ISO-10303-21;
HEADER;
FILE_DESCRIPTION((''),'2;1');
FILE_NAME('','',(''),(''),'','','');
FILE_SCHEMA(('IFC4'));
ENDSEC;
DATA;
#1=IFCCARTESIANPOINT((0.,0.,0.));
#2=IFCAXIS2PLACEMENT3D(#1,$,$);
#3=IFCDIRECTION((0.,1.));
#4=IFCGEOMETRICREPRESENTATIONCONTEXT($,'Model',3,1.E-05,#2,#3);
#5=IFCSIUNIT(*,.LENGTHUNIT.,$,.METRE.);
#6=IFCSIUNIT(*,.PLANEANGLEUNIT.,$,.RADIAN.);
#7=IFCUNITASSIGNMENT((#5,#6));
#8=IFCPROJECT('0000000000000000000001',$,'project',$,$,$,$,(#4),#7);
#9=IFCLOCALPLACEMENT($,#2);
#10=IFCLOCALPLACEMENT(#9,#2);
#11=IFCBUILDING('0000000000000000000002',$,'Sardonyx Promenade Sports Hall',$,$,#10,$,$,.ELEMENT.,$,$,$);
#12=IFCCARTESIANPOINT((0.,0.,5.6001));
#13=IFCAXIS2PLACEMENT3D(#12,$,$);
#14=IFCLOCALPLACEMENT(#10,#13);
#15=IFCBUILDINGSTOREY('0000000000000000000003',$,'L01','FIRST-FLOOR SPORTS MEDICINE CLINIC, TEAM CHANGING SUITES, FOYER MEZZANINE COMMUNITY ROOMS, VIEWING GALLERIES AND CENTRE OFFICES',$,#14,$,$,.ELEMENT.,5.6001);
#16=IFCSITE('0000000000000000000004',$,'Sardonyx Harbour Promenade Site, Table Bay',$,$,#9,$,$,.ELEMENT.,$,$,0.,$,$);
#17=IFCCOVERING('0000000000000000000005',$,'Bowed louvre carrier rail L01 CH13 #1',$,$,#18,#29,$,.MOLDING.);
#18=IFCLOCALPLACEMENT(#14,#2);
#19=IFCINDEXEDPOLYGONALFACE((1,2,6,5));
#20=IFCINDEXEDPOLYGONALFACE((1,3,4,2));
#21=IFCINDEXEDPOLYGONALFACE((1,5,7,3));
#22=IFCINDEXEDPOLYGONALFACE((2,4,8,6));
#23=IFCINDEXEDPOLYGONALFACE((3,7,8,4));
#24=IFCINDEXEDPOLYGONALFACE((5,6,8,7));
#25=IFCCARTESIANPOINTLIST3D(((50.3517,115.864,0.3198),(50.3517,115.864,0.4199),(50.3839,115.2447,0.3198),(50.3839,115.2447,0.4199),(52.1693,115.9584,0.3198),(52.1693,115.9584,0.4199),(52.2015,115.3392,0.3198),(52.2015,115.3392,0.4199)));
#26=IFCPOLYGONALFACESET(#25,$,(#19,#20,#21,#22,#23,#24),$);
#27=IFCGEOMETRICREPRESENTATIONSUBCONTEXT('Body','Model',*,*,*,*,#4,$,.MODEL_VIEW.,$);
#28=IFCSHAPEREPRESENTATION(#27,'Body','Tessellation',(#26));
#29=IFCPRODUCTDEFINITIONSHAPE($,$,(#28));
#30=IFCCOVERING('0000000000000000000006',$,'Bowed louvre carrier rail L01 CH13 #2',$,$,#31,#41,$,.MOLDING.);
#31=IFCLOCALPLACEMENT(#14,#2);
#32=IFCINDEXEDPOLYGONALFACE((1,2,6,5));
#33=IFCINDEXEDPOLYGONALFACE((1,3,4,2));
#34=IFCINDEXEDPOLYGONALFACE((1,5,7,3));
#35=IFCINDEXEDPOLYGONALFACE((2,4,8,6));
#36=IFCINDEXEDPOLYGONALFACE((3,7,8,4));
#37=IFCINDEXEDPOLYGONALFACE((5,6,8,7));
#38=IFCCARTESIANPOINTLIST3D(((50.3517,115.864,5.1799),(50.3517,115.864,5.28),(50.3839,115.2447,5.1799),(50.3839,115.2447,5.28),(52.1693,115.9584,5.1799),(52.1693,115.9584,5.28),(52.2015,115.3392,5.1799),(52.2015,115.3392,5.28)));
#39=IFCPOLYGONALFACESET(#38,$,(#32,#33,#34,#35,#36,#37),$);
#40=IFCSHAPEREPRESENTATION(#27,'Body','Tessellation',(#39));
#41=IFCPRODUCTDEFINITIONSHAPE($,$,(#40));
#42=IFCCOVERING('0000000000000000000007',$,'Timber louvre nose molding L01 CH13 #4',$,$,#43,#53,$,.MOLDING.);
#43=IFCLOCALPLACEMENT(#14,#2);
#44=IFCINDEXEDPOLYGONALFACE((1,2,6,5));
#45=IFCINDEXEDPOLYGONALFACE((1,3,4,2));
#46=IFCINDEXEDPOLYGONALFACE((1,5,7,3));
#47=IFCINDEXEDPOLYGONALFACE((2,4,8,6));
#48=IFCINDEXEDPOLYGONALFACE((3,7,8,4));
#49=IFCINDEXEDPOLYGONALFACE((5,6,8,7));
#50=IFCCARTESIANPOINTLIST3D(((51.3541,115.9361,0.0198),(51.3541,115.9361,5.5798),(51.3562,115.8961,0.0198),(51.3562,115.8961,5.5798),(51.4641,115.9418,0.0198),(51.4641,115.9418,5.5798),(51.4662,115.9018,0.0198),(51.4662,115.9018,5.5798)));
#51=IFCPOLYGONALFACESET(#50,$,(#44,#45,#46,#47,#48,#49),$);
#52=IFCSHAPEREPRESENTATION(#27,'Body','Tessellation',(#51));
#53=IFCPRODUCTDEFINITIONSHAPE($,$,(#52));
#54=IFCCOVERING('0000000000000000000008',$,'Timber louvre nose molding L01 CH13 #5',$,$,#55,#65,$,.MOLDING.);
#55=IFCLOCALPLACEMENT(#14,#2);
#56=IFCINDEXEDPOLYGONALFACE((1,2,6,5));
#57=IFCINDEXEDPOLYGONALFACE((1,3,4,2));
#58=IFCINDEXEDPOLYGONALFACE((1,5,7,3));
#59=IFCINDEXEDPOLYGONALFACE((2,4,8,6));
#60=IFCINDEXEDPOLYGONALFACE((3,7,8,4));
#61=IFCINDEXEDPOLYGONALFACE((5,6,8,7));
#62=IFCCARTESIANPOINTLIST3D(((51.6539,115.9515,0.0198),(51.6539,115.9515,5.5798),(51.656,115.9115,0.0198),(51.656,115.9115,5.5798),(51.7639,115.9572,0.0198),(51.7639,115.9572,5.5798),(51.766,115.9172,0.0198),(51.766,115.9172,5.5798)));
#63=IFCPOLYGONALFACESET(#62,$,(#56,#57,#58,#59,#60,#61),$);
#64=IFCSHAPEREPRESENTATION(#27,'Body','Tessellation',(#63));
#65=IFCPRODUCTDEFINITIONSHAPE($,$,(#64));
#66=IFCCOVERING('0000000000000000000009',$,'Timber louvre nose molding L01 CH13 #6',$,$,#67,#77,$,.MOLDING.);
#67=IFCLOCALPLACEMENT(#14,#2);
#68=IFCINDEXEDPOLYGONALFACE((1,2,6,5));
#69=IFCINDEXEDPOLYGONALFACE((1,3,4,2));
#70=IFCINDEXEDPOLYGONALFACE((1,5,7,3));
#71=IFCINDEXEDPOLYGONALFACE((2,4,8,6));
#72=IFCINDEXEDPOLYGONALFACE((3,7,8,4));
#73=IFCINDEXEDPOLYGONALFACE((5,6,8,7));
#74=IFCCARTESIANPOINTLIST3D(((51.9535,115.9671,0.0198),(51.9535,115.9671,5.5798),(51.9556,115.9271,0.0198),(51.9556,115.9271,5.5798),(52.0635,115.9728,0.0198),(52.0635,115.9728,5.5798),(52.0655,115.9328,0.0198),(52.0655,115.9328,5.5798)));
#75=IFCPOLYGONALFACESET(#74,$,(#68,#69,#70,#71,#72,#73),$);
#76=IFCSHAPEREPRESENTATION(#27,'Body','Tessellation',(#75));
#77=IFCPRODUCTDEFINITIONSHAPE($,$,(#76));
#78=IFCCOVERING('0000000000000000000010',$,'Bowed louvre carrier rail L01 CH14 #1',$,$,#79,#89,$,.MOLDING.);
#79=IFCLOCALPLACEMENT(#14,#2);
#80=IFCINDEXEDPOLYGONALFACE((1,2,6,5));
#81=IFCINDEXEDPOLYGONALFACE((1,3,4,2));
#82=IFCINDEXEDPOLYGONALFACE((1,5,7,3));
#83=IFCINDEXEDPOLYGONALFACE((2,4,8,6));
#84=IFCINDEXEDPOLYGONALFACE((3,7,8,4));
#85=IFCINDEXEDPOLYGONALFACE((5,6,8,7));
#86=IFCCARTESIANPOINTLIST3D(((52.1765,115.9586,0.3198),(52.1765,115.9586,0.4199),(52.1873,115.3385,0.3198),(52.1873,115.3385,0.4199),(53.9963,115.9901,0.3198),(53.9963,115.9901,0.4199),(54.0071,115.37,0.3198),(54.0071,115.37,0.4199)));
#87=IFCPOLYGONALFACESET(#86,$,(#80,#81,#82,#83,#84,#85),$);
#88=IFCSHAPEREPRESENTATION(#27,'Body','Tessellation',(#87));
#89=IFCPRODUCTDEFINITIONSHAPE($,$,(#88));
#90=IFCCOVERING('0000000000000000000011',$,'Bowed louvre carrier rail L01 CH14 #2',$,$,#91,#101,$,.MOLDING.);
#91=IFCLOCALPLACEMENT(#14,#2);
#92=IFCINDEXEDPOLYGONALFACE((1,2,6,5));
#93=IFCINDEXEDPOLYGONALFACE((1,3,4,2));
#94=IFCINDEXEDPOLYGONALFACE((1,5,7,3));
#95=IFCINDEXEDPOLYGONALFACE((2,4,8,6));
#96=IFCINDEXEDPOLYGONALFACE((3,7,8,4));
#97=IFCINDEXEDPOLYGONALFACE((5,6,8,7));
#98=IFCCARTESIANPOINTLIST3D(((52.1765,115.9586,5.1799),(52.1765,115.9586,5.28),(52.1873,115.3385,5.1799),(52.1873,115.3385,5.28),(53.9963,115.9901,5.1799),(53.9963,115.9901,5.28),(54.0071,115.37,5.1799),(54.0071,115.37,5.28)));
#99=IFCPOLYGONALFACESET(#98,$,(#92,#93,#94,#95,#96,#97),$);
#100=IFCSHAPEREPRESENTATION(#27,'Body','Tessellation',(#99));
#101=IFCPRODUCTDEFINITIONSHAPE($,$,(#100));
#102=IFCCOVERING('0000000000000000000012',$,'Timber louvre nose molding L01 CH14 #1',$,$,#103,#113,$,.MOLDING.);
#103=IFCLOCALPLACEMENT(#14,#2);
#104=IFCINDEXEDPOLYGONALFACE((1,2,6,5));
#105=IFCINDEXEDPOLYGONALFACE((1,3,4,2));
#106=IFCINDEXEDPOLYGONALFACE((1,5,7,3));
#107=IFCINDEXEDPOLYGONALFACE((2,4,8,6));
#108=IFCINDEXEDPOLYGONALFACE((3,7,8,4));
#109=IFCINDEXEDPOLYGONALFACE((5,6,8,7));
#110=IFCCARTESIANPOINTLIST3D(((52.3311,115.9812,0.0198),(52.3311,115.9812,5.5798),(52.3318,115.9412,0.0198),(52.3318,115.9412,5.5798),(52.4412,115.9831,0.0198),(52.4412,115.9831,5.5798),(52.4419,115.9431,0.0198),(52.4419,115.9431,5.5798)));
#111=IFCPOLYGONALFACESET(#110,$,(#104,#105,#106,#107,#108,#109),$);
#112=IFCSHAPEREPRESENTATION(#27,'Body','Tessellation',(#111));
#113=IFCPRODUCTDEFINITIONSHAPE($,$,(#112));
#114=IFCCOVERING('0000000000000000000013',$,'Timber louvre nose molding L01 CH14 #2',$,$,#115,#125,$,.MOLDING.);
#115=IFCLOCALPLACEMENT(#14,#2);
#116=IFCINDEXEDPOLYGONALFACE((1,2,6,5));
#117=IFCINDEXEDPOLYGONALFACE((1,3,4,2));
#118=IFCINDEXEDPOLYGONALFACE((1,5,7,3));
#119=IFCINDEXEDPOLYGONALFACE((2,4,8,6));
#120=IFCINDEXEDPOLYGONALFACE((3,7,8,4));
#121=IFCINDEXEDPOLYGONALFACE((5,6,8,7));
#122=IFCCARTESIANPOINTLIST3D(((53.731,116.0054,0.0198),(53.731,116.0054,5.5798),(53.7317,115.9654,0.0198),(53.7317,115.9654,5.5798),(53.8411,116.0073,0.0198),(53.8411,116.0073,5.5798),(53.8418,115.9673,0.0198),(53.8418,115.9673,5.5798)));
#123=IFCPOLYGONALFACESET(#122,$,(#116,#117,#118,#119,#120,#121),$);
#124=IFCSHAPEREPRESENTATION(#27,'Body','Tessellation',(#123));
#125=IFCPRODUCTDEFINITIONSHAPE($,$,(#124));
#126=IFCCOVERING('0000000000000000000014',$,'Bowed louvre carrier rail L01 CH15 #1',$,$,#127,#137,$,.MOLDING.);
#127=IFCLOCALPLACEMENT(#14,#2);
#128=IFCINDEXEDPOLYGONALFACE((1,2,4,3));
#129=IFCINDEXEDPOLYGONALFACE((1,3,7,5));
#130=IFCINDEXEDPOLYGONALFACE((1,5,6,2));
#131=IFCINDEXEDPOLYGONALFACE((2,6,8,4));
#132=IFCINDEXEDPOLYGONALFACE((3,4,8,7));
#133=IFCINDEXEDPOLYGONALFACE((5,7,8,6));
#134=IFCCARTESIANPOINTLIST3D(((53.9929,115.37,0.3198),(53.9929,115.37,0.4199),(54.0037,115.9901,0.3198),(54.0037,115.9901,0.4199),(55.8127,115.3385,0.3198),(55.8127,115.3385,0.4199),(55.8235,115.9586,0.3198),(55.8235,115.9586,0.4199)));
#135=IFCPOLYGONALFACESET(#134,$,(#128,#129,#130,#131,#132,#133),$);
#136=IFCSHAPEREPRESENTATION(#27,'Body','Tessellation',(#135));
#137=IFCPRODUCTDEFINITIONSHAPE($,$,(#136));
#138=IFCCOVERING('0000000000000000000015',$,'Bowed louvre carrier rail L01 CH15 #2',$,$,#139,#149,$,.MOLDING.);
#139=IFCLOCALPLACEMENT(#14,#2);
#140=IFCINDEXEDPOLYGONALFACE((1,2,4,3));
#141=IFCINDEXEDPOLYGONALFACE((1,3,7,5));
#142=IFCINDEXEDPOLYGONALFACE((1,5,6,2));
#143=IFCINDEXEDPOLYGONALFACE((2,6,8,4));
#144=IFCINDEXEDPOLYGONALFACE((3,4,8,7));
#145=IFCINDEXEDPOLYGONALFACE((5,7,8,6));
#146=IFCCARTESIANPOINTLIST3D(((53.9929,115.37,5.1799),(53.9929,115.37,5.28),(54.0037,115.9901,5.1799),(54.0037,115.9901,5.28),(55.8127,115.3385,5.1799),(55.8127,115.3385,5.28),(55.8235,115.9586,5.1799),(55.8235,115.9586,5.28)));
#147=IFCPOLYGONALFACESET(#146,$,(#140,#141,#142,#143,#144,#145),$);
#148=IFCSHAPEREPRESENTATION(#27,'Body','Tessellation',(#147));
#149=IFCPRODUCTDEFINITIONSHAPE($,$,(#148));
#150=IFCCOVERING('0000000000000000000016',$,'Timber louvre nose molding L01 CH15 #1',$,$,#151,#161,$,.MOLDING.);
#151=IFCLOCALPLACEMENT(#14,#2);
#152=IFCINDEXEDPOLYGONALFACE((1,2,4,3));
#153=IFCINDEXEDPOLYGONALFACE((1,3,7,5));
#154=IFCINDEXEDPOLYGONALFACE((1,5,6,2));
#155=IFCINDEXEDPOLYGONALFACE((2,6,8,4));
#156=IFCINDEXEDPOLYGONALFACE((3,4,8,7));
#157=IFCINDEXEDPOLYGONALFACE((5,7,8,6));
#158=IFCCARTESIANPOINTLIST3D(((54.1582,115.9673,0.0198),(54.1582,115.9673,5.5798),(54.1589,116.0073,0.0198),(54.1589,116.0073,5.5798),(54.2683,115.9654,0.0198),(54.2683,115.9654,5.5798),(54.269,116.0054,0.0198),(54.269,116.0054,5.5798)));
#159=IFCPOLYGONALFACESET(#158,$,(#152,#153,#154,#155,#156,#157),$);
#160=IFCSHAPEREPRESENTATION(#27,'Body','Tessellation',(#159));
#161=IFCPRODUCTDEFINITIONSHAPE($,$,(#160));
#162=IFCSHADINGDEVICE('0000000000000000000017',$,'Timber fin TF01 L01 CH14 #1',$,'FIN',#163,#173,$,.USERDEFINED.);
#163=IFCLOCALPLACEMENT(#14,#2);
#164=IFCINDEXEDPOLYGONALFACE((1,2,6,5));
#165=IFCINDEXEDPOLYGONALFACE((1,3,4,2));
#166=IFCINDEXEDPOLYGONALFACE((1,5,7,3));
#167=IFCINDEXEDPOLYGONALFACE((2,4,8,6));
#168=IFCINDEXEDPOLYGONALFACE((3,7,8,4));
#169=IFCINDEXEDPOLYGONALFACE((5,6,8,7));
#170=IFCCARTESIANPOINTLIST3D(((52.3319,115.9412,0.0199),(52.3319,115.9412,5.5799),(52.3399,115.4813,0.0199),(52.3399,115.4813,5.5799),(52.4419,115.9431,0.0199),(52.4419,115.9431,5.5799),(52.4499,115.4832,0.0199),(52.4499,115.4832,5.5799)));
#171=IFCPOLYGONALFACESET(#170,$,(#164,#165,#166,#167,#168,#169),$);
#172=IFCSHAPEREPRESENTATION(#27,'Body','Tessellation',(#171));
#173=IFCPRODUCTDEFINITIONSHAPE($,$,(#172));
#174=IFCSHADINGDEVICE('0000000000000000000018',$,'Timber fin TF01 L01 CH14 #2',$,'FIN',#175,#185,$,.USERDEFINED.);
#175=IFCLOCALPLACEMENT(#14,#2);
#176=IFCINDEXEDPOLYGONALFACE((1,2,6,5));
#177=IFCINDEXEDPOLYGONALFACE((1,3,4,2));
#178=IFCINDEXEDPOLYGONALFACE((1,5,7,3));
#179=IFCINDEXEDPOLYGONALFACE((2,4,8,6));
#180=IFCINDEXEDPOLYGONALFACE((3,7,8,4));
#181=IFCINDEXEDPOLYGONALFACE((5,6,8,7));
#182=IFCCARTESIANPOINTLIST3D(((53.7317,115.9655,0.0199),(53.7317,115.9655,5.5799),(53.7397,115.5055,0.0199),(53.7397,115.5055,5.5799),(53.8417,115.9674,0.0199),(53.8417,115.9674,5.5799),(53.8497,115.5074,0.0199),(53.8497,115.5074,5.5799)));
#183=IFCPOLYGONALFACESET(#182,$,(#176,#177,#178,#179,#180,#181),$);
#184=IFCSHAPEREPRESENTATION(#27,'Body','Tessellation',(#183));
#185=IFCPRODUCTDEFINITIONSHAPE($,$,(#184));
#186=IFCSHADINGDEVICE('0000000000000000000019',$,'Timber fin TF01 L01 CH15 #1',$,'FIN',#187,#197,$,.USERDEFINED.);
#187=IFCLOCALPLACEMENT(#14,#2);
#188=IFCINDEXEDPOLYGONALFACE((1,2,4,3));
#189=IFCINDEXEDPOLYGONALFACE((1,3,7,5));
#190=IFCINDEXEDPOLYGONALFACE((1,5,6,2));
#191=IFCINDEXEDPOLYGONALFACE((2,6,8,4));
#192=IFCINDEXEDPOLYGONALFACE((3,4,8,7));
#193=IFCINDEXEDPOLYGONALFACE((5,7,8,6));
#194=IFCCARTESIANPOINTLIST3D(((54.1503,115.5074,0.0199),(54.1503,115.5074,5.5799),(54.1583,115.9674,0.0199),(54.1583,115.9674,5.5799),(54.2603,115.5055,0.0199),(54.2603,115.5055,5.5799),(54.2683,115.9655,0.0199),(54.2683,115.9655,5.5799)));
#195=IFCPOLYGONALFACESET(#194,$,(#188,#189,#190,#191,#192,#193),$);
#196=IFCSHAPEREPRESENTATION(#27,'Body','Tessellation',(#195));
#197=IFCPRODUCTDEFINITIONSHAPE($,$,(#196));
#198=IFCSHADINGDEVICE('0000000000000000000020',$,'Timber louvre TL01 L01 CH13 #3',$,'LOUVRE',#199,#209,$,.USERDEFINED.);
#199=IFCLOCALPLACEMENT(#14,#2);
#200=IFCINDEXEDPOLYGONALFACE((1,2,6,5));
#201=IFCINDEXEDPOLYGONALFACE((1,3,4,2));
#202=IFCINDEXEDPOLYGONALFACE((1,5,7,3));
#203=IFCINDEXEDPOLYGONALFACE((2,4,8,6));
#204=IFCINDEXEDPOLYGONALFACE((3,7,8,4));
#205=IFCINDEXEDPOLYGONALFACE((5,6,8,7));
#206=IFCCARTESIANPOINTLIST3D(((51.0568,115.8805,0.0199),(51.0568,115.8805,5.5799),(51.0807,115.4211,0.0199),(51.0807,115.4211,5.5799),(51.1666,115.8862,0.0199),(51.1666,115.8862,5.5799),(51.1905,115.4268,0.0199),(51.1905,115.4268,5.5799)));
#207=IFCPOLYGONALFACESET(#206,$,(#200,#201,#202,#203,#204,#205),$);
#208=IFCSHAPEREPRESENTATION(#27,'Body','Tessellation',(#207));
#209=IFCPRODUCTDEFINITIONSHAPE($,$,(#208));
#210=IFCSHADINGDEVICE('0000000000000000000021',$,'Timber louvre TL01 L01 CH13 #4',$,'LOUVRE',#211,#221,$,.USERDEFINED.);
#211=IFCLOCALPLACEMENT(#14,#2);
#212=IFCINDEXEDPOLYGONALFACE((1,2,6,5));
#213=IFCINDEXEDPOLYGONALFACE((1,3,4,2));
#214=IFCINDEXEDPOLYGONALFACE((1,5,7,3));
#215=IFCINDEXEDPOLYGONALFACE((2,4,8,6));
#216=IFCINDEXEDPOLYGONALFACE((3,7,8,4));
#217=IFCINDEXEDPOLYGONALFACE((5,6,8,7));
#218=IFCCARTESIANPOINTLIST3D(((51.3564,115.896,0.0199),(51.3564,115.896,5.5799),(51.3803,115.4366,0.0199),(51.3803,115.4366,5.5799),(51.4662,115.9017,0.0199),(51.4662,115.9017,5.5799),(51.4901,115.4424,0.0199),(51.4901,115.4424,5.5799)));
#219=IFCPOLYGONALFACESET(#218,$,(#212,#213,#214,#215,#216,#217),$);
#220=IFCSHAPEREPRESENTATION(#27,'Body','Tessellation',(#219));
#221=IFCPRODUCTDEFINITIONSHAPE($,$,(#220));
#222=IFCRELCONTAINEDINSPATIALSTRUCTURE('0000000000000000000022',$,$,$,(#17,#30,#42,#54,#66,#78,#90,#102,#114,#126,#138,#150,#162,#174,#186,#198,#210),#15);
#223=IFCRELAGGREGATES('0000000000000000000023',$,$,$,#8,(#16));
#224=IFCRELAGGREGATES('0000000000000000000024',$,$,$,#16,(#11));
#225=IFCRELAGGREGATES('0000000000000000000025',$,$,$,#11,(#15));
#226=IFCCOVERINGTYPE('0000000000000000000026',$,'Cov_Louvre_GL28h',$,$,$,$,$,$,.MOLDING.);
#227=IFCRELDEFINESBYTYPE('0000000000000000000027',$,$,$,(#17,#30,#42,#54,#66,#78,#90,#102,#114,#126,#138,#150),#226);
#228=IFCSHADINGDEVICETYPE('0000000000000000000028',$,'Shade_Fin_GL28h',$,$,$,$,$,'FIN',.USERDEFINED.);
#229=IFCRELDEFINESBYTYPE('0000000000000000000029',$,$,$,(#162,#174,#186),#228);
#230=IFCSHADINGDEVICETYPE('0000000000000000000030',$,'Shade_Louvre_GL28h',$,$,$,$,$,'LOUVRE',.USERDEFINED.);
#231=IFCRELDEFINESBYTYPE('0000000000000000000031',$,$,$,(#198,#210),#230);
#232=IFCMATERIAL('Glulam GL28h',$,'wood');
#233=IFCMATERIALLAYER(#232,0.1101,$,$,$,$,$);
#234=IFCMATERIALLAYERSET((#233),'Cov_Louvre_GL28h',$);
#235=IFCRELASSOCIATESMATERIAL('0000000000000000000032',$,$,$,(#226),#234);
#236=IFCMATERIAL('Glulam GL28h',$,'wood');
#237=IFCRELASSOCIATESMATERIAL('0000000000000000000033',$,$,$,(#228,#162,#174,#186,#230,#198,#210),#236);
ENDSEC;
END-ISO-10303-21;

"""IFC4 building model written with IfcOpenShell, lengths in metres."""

from ifc_helpers import new_model, si_unit, direction, frame, origin, origin_2d, place, context, subcontext, project, spatial, rectangle, extrude, material, layer, layer_set, type_object, element, save


model = new_model("IFC4")

# Units and contexts
model_context = context("Model", 3, precision=1e-05, world=origin(), true_north=direction((0.0, 1.0)))
body_context = subcontext(model_context, "Body", "Model", "MODEL_VIEW")
ifc_project = project(units=[si_unit("LENGTHUNIT", "METRE"), si_unit("PLANEANGLEUNIT", "RADIAN")], contexts=[model_context])

# Site, building, storey
site_placement = place(None, origin())
site = spatial("IfcSite", under=ifc_project, at=site_placement, Name="Sardonyx Harbour Promenade Site, Table Bay", CompositionType="ELEMENT", RefElevation=0.0)
building_placement = place(site_placement, origin())
building = spatial("IfcBuilding", under=site, at=building_placement, Name="Sardonyx Promenade Sports Hall", CompositionType="ELEMENT")
storey_placement = place(building_placement, frame((0.0, 0.0, 5.6001)))
storey = spatial("IfcBuildingStorey", under=building, at=storey_placement, Name="L01", Description="FIRST-FLOOR SPORTS MEDICINE CLINIC, TEAM CHANGING SUITES, FOYER MEZZANINE COMMUNITY ROOMS, VIEWING GALLERIES AND CENTRE OFFICES", CompositionType="ELEMENT", Elevation=5.6001)

# Coverings
ifc_material_1 = material(Name="Glulam GL28h", Category="wood")
ifc_layer = layer(ifc_material_1, 0.1101)
ifc_layer_set = layer_set([ifc_layer], Name="Cov_Louvre_GL28h")
covering_type = type_object("IfcCoveringType", Name="Cov_Louvre_GL28h", PredefinedType="MOLDING", material=ifc_layer_set)
for number, where, z_axis, x_axis, name in (
    (1, (51.2766, 115.6016, 0.3198), (0.0, 0.0, 1.0), (0.998652, 0.051902, 0.0), "Bowed louvre carrier rail L01 CH13 #1"),
    (2, (51.2766, 115.6016, 5.1799), (0.0, 0.0, 1.0), (0.998652, 0.051902, 0.0), "Bowed louvre carrier rail L01 CH13 #2"),
):
    element("IfcCovering", number, at=place(storey_placement, frame(where, z_axis=z_axis, x_axis=x_axis)), inside=storey, type_object=covering_type, Name=name, PredefinedType="MOLDING", context=body_context, shape_type="SweptSolid", body=[
        extrude(rectangle(XDim=1.8201, YDim=0.6201, at=origin_2d()), origin(), (0.0, 0.0, 1.0), 0.1001),
    ])
for number, where, z_axis, x_axis, name in (
    (3, (51.4102, 115.9189, 0.0198), (0.0, 0.0, 1.0), (0.998652, 0.051902, 0.0), "Timber louvre nose molding L01 CH13 #4"),
    (4, (51.71, 115.9343, 0.0198), (0.0, 0.0, 1.0), (0.998652, 0.051902, 0.0), "Timber louvre nose molding L01 CH13 #5"),
    (5, (52.0095, 115.95, 0.0198), (0.0, 0.0, 1.0), (0.998652, 0.051902, 0.0), "Timber louvre nose molding L01 CH13 #6"),
):
    element("IfcCovering", number, at=place(storey_placement, frame(where, z_axis=z_axis, x_axis=x_axis)), inside=storey, type_object=covering_type, Name=name, PredefinedType="MOLDING", context=body_context, shape_type="SweptSolid", body=[
        extrude(rectangle(XDim=0.1101, YDim=0.04, at=origin_2d()), origin(), (0.0, 0.0, 1.0), 5.5601),
    ])
for number, where, z_axis, x_axis, name in (
    (6, (53.0918, 115.6643, 0.3198), (0.0, 0.0, 1.0), (0.99985, 0.017308, 0.0), "Bowed louvre carrier rail L01 CH14 #1"),
    (7, (53.0918, 115.6643, 5.1799), (0.0, 0.0, 1.0), (0.99985, 0.017308, 0.0), "Bowed louvre carrier rail L01 CH14 #2"),
):
    element("IfcCovering", number, at=place(storey_placement, frame(where, z_axis=z_axis, x_axis=x_axis)), inside=storey, type_object=covering_type, Name=name, PredefinedType="MOLDING", context=body_context, shape_type="SweptSolid", body=[
        extrude(rectangle(XDim=1.8201, YDim=0.6201, at=origin_2d()), origin(), (0.0, 0.0, 1.0), 0.1001),
    ])
for number, where, z_axis, x_axis, name in (
    (8, (52.3865, 115.9622, 0.0198), (0.0, 0.0, 1.0), (0.99985, 0.017308, 0.0), "Timber louvre nose molding L01 CH14 #1"),
    (9, (53.7864, 115.9863, 0.0198), (0.0, 0.0, 1.0), (0.99985, 0.017308, 0.0), "Timber louvre nose molding L01 CH14 #2"),
):
    element("IfcCovering", number, at=place(storey_placement, frame(where, z_axis=z_axis, x_axis=x_axis)), inside=storey, type_object=covering_type, Name=name, PredefinedType="MOLDING", context=body_context, shape_type="SweptSolid", body=[
        extrude(rectangle(XDim=0.1101, YDim=0.04, at=origin_2d()), origin(), (0.0, 0.0, 1.0), 5.5601),
    ])
for number, where, z_axis, x_axis, name in (
    (10, (54.9082, 115.6643, 0.3198), (0.0, 0.0, 1.0), (0.99985, -0.017308, 0.0), "Bowed louvre carrier rail L01 CH15 #1"),
    (11, (54.9082, 115.6643, 5.1799), (0.0, 0.0, 1.0), (0.99985, -0.017308, 0.0), "Bowed louvre carrier rail L01 CH15 #2"),
):
    element("IfcCovering", number, at=place(storey_placement, frame(where, z_axis=z_axis, x_axis=x_axis)), inside=storey, type_object=covering_type, Name=name, PredefinedType="MOLDING", context=body_context, shape_type="SweptSolid", body=[
        extrude(rectangle(XDim=1.8201, YDim=0.6201, at=origin_2d()), origin(), (0.0, 0.0, 1.0), 0.1001),
    ])
covering_placement = place(storey_placement, frame((54.2136, 115.9863, 0.0198), z_axis=(0.0, 0.0, 1.0), x_axis=(0.99985, -0.017308, 0.0)))
element("IfcCovering", 12, at=covering_placement, inside=storey, type_object=covering_type, Name="Timber louvre nose molding L01 CH15 #1", PredefinedType="MOLDING", context=body_context, shape_type="SweptSolid", body=[
    extrude(rectangle(XDim=0.1101, YDim=0.04, at=origin_2d()), origin(), (0.0, 0.0, 1.0), 5.5601),
])

# Shading devices
ifc_material_2 = material(Name="Glulam GL28h", Category="wood")
shading_device_type_1 = type_object("IfcShadingDeviceType", Name="Shade_Fin_GL28h", ElementType="FIN", PredefinedType="USERDEFINED", material=ifc_material_2)
for number, where, z_axis, x_axis, name in (
    (13, (52.3909, 115.7122, 0.0199), (0.0, 0.0, 1.0), (0.99985, 0.017308, 0.0), "Timber fin TF01 L01 CH14 #1"),
    (14, (53.7907, 115.7365, 0.0199), (0.0, 0.0, 1.0), (0.99985, 0.017308, 0.0), "Timber fin TF01 L01 CH14 #2"),
    (15, (54.2093, 115.7365, 0.0199), (0.0, 0.0, 1.0), (0.99985, -0.017308, 0.0), "Timber fin TF01 L01 CH15 #1"),
):
    element("IfcShadingDevice", number, at=place(storey_placement, frame(where, z_axis=z_axis, x_axis=x_axis)), inside=storey, type_object=shading_device_type_1, material=ifc_material_2, Name=name, ObjectType="FIN", PredefinedType="USERDEFINED", context=body_context, shape_type="SweptSolid", body=[
        extrude(rectangle(XDim=0.11, YDim=0.46), origin(), (0.0, 0.0, 1.0), 5.56),
    ])
shading_device_type_2 = type_object("IfcShadingDeviceType", Name="Shade_Louvre_GL28h", ElementType="LOUVRE", PredefinedType="USERDEFINED", material=ifc_material_2)
for number, where, z_axis, x_axis, name in (
    (16, (51.1237, 115.6536, 0.0199), (0.0, 0.0, 1.0), (0.998652, 0.051902, 0.0), "Timber louvre TL01 L01 CH13 #3"),
    (17, (51.4233, 115.6692, 0.0199), (0.0, 0.0, 1.0), (0.998652, 0.051902, 0.0), "Timber louvre TL01 L01 CH13 #4"),
):
    element("IfcShadingDevice", number, at=place(storey_placement, frame(where, z_axis=z_axis, x_axis=x_axis)), inside=storey, type_object=shading_device_type_2, material=ifc_material_2, Name=name, ObjectType="LOUVRE", PredefinedType="USERDEFINED", context=body_context, shape_type="SweptSolid", body=[
        extrude(rectangle(XDim=0.11, YDim=0.46), origin(), (0.0, 0.0, 1.0), 5.56),
    ])

save(model, "model.ifc")
